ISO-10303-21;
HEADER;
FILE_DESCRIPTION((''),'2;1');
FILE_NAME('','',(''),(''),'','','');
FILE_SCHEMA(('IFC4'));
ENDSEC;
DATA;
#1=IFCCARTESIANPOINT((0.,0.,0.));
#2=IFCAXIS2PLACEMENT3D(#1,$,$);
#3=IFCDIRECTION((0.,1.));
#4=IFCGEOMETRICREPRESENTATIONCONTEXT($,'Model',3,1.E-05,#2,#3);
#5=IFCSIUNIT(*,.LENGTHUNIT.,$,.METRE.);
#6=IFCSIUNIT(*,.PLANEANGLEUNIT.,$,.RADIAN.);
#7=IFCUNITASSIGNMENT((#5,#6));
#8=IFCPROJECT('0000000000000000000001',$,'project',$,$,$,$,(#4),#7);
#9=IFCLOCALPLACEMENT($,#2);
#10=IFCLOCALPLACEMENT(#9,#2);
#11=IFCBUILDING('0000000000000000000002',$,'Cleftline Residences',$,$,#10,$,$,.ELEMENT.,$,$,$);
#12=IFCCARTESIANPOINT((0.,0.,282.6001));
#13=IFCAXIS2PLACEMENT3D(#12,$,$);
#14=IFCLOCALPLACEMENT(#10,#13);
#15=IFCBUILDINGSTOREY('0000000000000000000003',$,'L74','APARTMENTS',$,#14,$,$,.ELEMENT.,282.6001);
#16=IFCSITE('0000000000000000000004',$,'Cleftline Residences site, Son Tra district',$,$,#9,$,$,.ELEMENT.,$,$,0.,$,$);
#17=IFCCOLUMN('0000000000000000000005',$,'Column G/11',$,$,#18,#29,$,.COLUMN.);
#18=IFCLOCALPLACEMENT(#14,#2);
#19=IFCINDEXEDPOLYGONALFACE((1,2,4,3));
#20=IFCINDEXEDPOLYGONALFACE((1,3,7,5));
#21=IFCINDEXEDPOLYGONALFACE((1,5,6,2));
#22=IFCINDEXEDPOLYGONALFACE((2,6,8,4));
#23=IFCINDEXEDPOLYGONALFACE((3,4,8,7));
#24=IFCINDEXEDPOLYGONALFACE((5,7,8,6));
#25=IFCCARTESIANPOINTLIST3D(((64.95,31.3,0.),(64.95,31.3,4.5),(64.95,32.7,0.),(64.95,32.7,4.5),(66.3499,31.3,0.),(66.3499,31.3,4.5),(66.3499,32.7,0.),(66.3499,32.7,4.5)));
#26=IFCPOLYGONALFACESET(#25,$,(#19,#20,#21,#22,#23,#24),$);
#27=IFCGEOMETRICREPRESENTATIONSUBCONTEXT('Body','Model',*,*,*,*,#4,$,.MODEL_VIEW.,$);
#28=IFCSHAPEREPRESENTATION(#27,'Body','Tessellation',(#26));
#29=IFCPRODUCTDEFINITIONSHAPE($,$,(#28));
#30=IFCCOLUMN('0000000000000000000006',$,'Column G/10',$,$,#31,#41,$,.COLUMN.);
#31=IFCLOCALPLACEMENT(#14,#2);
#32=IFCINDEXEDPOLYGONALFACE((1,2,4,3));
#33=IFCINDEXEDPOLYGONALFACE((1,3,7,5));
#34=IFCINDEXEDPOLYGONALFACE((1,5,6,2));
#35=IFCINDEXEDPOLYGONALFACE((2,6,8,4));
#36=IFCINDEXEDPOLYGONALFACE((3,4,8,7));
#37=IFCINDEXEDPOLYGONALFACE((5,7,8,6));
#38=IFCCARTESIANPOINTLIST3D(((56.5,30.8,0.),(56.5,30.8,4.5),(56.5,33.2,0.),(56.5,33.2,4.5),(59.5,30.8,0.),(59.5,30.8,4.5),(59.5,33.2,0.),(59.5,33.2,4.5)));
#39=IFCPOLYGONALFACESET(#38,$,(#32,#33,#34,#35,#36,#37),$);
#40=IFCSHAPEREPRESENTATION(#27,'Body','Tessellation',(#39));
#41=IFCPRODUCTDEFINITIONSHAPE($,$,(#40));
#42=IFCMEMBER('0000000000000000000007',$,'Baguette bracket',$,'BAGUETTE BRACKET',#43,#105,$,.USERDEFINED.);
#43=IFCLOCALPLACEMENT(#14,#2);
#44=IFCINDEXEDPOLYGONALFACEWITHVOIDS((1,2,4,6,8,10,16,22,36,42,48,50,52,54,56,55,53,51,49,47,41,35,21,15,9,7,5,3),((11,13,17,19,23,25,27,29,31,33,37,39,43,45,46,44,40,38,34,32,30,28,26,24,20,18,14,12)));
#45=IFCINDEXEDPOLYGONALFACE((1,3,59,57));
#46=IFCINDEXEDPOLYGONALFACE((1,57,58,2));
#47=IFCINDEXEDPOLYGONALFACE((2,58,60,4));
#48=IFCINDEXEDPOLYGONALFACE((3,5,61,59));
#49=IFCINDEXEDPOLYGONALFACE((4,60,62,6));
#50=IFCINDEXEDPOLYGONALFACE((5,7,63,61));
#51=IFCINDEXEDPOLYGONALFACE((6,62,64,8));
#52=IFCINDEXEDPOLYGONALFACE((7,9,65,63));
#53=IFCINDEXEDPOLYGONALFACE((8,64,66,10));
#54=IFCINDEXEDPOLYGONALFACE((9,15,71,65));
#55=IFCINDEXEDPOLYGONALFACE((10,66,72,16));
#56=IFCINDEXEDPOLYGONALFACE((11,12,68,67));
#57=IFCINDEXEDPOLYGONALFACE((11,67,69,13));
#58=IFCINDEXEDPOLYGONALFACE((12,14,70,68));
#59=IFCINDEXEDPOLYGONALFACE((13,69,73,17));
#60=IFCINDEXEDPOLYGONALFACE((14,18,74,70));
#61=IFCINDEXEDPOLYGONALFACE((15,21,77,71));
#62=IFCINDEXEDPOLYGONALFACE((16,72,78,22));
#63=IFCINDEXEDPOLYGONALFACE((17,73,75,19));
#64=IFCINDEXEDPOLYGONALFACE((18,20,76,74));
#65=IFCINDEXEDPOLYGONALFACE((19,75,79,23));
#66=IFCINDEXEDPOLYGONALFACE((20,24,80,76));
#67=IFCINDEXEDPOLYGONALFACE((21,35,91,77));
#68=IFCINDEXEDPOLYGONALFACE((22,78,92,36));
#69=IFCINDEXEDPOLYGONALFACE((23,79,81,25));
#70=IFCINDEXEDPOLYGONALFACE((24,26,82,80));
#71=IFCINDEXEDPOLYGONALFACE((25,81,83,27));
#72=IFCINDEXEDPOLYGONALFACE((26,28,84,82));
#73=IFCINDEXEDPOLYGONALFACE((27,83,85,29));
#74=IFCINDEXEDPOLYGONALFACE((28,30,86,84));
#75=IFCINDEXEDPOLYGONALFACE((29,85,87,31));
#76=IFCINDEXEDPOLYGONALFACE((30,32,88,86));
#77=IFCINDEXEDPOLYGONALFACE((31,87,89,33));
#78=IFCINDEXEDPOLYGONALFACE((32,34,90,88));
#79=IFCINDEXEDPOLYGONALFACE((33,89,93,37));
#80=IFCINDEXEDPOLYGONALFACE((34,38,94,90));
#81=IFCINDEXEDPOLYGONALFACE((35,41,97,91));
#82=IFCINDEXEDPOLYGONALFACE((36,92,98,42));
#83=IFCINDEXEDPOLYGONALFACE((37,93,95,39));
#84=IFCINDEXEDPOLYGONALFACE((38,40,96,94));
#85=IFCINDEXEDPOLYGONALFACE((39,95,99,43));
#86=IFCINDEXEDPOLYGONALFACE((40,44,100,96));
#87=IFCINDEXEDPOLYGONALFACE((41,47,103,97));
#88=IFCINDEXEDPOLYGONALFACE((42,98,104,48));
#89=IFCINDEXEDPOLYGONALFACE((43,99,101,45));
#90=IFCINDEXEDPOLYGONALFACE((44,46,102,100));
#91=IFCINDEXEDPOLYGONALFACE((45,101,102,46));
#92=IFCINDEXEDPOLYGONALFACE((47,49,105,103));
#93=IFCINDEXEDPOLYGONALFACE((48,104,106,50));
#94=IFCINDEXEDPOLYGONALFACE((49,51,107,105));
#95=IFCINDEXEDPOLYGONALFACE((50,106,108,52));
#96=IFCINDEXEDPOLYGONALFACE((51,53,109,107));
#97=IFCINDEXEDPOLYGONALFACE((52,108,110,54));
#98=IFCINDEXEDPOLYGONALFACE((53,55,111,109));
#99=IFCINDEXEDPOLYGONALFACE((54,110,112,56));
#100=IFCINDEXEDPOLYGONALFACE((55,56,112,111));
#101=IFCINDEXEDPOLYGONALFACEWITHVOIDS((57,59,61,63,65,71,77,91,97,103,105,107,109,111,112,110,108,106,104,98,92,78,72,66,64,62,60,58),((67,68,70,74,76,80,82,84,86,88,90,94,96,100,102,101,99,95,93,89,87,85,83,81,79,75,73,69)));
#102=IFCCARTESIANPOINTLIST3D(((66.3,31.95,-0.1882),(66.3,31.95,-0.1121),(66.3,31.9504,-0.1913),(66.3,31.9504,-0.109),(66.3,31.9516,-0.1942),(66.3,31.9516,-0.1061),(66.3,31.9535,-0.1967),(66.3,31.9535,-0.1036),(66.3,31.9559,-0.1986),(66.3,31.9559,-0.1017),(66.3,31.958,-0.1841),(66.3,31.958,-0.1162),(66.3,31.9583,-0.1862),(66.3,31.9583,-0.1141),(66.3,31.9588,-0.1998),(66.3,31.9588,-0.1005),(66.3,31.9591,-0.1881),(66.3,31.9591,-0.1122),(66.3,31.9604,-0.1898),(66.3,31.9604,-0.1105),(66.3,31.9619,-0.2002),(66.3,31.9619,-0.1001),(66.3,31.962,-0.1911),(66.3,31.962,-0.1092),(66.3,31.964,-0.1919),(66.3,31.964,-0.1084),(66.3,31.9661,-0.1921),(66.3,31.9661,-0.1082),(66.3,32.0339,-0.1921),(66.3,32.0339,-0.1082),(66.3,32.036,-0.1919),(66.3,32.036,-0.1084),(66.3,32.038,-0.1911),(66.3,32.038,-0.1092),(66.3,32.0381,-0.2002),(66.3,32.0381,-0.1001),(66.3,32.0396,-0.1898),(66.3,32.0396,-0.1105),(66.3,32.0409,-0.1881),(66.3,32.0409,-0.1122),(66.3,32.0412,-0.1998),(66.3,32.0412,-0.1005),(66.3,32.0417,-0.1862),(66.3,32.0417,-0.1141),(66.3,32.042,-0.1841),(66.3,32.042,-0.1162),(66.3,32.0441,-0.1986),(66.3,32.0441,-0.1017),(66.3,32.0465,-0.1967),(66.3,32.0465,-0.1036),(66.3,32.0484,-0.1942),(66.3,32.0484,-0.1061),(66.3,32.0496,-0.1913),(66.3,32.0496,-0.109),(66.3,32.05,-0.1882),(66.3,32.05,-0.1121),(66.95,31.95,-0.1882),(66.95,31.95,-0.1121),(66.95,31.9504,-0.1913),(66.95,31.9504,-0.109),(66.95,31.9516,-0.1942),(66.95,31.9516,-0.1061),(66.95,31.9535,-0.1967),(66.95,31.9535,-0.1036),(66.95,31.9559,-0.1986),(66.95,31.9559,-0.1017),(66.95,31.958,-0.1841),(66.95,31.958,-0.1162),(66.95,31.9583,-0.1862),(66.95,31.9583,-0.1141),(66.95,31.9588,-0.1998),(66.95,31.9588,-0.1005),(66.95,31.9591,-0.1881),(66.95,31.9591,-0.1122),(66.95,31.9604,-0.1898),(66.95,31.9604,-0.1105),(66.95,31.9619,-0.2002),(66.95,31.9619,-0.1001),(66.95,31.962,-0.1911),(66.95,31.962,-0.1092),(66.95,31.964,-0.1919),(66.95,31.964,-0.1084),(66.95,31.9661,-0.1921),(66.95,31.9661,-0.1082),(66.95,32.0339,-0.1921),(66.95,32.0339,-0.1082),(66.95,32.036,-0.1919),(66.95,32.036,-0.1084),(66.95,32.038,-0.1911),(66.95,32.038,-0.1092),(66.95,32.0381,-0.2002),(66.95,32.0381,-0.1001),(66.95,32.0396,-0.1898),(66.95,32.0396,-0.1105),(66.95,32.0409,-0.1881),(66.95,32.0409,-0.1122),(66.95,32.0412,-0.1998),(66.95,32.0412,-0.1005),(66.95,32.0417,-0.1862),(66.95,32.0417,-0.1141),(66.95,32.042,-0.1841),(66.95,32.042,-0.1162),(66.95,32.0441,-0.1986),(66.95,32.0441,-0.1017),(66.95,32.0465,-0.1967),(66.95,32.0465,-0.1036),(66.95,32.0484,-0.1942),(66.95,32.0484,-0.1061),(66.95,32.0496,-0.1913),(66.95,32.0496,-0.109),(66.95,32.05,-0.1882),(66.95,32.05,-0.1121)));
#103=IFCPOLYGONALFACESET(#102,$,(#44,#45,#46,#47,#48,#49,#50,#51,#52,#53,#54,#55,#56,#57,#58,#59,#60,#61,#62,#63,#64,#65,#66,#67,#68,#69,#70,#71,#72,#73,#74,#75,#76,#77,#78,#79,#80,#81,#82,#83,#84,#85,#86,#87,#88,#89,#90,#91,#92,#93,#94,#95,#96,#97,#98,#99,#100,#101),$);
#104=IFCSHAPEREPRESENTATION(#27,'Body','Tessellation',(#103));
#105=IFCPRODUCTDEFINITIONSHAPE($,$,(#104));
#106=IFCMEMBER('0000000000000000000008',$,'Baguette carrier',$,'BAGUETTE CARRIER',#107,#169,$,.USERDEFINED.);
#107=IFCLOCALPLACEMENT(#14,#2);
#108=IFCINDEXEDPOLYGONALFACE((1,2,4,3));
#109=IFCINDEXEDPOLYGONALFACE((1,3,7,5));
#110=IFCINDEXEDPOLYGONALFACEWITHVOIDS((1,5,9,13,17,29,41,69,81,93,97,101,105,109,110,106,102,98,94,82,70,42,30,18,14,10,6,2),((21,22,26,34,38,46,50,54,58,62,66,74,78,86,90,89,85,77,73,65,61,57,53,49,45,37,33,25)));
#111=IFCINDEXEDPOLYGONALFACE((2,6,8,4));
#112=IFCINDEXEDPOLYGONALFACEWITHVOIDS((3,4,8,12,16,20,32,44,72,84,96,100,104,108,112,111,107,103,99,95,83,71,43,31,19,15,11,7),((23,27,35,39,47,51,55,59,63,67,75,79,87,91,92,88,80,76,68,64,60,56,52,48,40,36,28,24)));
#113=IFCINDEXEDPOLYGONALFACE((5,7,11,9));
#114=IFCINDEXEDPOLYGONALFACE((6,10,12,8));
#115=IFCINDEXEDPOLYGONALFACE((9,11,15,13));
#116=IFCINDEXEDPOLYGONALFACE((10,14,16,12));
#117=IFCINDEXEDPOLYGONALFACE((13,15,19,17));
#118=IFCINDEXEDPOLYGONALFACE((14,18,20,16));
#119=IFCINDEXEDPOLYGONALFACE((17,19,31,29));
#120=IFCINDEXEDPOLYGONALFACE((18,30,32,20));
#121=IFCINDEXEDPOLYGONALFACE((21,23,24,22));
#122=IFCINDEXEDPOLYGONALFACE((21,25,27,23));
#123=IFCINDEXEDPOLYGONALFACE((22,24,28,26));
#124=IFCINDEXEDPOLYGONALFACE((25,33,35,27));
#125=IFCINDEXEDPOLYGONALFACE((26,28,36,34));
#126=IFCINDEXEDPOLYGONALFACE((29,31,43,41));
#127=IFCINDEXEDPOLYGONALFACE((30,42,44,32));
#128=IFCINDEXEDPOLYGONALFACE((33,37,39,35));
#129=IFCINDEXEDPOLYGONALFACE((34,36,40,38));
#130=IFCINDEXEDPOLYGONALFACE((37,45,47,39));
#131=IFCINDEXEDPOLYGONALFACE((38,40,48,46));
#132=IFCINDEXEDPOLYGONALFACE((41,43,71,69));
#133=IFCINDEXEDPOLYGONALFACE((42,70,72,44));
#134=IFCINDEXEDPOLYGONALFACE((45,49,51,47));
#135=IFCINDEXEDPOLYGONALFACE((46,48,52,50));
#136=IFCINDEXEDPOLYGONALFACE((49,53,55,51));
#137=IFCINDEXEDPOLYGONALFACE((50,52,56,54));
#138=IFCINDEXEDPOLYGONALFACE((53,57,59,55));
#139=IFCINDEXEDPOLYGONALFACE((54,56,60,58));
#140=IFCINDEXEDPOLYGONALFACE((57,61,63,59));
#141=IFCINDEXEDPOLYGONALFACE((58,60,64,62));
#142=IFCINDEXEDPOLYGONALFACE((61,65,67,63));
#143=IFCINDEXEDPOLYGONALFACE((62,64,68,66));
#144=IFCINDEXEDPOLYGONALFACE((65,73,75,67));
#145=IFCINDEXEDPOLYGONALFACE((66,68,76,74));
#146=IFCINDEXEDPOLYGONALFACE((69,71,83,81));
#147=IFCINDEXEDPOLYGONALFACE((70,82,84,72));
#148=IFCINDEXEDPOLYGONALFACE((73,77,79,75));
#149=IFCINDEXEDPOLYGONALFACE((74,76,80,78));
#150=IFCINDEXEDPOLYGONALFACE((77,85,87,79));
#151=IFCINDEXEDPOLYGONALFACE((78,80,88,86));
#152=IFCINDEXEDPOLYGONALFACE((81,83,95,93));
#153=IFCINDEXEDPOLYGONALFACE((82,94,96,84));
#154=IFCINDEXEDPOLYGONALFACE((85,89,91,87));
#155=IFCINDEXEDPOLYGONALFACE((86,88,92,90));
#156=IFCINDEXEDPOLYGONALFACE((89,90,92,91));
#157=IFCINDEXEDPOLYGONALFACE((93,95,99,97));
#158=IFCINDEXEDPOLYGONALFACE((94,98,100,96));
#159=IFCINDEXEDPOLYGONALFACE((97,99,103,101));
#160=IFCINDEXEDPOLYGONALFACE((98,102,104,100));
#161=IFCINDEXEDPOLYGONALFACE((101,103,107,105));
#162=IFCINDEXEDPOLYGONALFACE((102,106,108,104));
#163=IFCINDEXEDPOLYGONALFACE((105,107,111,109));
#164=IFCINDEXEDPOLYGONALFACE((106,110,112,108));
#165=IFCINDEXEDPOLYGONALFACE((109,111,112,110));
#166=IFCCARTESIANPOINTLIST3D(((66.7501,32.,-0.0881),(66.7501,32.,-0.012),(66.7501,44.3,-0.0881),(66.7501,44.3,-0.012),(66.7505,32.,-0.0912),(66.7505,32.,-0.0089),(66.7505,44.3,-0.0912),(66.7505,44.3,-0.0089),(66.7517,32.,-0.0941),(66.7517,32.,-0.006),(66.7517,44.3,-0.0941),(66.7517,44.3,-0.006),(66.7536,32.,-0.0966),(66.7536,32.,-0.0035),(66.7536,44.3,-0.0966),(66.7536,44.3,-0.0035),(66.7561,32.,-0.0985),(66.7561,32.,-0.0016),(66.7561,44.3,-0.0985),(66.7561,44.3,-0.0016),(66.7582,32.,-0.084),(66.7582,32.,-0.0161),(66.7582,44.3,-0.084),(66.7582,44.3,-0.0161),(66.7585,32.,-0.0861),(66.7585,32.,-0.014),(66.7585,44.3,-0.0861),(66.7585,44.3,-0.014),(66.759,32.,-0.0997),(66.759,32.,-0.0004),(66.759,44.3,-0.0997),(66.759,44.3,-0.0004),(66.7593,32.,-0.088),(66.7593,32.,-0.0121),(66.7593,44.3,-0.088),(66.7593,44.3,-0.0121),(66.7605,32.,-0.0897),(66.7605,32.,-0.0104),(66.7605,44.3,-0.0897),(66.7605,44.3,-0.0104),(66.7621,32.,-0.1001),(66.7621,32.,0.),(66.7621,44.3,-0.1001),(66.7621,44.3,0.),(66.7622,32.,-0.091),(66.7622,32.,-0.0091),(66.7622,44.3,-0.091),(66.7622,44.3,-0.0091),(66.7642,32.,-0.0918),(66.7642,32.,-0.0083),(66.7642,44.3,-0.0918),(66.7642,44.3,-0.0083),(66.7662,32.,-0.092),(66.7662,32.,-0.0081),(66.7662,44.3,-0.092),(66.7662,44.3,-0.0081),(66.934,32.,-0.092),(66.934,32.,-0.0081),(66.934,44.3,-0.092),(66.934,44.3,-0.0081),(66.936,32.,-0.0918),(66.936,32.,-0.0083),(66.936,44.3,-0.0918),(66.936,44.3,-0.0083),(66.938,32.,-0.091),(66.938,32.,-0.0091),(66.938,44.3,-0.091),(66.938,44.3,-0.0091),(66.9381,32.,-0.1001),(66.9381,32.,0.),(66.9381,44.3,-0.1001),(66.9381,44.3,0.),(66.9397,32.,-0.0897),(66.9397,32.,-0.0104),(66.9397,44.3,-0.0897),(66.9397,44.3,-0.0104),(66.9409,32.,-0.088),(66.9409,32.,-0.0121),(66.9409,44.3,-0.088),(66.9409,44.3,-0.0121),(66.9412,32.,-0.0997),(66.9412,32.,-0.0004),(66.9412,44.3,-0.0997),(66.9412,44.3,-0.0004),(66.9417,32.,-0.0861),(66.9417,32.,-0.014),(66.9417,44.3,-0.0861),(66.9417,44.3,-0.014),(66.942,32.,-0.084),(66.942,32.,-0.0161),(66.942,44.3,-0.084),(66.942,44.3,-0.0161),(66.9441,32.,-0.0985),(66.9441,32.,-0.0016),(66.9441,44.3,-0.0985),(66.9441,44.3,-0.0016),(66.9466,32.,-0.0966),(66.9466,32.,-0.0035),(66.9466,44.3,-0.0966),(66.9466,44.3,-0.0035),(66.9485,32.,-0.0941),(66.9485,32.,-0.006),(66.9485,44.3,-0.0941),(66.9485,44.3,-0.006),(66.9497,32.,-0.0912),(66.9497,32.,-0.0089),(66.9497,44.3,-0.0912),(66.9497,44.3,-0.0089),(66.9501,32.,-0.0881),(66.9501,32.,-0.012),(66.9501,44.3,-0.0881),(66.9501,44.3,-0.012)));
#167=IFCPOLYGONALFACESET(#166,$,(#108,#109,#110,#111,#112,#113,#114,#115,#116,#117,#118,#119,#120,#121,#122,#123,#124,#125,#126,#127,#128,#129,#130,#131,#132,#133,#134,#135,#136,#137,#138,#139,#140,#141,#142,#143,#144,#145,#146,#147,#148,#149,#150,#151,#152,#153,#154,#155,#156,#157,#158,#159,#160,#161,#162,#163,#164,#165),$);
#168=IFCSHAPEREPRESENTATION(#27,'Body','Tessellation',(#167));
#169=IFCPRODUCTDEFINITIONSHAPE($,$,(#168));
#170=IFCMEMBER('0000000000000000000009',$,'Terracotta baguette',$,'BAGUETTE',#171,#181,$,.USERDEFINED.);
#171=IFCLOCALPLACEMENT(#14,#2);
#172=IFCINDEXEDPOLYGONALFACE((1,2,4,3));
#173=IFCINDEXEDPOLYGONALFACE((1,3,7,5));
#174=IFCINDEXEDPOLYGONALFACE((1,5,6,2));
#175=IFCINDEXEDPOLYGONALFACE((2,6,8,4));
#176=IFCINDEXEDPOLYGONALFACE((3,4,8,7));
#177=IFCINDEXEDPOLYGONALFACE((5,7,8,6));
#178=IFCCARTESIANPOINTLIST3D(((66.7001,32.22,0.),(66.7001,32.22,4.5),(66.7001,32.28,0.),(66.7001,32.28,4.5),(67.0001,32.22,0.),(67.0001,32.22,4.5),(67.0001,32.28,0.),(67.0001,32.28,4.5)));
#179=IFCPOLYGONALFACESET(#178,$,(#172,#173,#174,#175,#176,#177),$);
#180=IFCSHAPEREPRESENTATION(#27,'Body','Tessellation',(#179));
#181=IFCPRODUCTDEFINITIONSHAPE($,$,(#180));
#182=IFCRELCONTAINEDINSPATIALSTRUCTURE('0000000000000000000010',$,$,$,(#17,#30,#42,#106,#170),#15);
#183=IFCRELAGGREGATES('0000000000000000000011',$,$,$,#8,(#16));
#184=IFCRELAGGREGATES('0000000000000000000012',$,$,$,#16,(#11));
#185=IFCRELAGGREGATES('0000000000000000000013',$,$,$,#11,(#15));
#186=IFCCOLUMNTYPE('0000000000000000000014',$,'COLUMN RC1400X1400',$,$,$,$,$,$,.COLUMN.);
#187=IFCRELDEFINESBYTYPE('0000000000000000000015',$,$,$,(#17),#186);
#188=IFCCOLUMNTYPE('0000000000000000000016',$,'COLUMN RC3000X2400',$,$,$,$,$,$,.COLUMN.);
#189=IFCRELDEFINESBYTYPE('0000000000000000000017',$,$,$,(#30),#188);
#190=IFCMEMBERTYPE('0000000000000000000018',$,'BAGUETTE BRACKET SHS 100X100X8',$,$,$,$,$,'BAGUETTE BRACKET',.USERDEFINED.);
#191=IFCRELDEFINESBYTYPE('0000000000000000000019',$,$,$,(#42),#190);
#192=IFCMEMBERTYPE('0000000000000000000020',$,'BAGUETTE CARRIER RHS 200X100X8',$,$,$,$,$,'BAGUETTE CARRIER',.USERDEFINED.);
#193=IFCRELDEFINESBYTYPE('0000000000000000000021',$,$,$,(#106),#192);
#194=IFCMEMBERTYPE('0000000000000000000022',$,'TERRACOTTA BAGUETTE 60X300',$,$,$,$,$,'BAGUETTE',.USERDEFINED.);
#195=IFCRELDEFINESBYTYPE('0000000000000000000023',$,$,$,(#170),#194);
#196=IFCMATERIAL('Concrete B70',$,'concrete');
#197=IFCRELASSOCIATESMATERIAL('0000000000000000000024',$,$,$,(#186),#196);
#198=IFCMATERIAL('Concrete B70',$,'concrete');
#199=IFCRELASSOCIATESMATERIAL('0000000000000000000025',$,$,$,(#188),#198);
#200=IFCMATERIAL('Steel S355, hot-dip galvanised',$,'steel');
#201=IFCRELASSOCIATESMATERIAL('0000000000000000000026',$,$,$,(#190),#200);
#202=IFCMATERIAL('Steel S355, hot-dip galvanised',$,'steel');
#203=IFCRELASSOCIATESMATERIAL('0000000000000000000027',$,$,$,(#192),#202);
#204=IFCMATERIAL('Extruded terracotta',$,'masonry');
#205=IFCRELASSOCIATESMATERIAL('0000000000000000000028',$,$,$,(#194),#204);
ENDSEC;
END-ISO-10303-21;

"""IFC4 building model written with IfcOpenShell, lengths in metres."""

from ifc_helpers import new_model, si_unit, direction, frame, origin, origin_2d, place, context, subcontext, project, spatial, rectangle, hollow_rectangle, extrude, material, material_profile, profile_set, type_object, element, save


model = new_model("IFC4")

# Units and contexts
model_context = context("Model", 3, precision=1e-05, world=origin(), true_north=direction((0.0, 1.0)))
body_context = subcontext(model_context, "Body", "Model", "MODEL_VIEW")
ifc_project = project(units=[si_unit("LENGTHUNIT", "METRE"), si_unit("PLANEANGLEUNIT", "RADIAN")], contexts=[model_context])

# Site, building, storey
site_placement = place(None, origin())
site = spatial("IfcSite", under=ifc_project, at=site_placement, Name="Cleftline Residences site, Son Tra district", CompositionType="ELEMENT", RefElevation=0.0)
building_placement = place(site_placement, origin())
building = spatial("IfcBuilding", under=site, at=building_placement, Name="Cleftline Residences", CompositionType="ELEMENT")
storey_placement = place(building_placement, frame((0.0, 0.0, 282.6001)))
storey = spatial("IfcBuildingStorey", under=building, at=storey_placement, Name="L74", Description="APARTMENTS", CompositionType="ELEMENT", Elevation=282.6001)

# Columns
ifc_material_1 = material(Name="Concrete B70", Category="concrete")
ifc_material_profile_1 = material_profile(ifc_material_1, rectangle(XDim=1.3999, YDim=1.3999, at=origin_2d()))
ifc_profile_set_1 = profile_set([ifc_material_profile_1], Name="Concrete B70")
column_type_1 = type_object("IfcColumnType", Name="COLUMN RC1400X1400", PredefinedType="COLUMN", material=ifc_profile_set_1)
column_1_placement = place(storey_placement, frame((65.6499, 32.0, 0.0), z_axis=(0.0, 0.0, 1.0), x_axis=(1.0, 0.0, 0.0)))
element("IfcColumn", 1, at=column_1_placement, inside=storey, type_object=column_type_1, Name="Column G/11", PredefinedType="COLUMN", context=body_context, shape_type="SweptSolid", body=[
    extrude(rectangle(XDim=1.3999, YDim=1.3999, at=origin_2d()), origin(), (0.0, 0.0, 1.0), 4.5),
])
ifc_material_2 = material(Name="Concrete B70", Category="concrete")
ifc_material_profile_2 = material_profile(ifc_material_2, rectangle(XDim=3.0, YDim=2.3999, at=origin_2d()))
ifc_profile_set_2 = profile_set([ifc_material_profile_2], Name="Concrete B70")
column_type_2 = type_object("IfcColumnType", Name="COLUMN RC3000X2400", PredefinedType="COLUMN", material=ifc_profile_set_2)
column_2_placement = place(storey_placement, frame((58.0, 32.0, 0.0), z_axis=(0.0, 0.0, 1.0), x_axis=(1.0, 0.0, 0.0)))
element("IfcColumn", 2, at=column_2_placement, inside=storey, type_object=column_type_2, Name="Column G/10", PredefinedType="COLUMN", context=body_context, shape_type="SweptSolid", body=[
    extrude(rectangle(XDim=3.0, YDim=2.3999, at=origin_2d()), origin(), (0.0, 0.0, 1.0), 4.5),
])

# Members
ifc_material_3 = material(Name="Steel S355, hot-dip galvanised", Category="steel")
ifc_material_profile_3 = material_profile(ifc_material_3, hollow_rectangle(XDim=0.1001, YDim=0.1001, WallThickness=0.0081, InnerFilletRadius=0.0081, OuterFilletRadius=0.012, at=origin_2d()))
ifc_profile_set_3 = profile_set([ifc_material_profile_3], Name="Steel S355, hot-dip galvanised")
member_type_1 = type_object("IfcMemberType", Name="BAGUETTE BRACKET SHS 100X100X8", ElementType="BAGUETTE BRACKET", PredefinedType="USERDEFINED", material=ifc_profile_set_3)
member_1_placement = place(storey_placement, frame((66.3, 32.0, -0.1501), z_axis=(1.0, 0.0, 0.0), x_axis=(0.0, 1.0, 0.0)))
element("IfcMember", 3, at=member_1_placement, inside=storey, type_object=member_type_1, Name="Baguette bracket", ObjectType="BAGUETTE BRACKET", PredefinedType="USERDEFINED", context=body_context, shape_type="SweptSolid", body=[
    extrude(hollow_rectangle(XDim=0.1001, YDim=0.1001, WallThickness=0.0081, InnerFilletRadius=0.0081, OuterFilletRadius=0.012, at=origin_2d()), origin(), (0.0, 0.0, 1.0), 0.6499),
])
ifc_material_4 = material(Name="Steel S355, hot-dip galvanised", Category="steel")
ifc_material_profile_4 = material_profile(ifc_material_4, hollow_rectangle(XDim=0.1001, YDim=0.2, WallThickness=0.0081, InnerFilletRadius=0.0081, OuterFilletRadius=0.012, at=origin_2d()))
ifc_profile_set_4 = profile_set([ifc_material_profile_4], Name="Steel S355, hot-dip galvanised")
member_type_2 = type_object("IfcMemberType", Name="BAGUETTE CARRIER RHS 200X100X8", ElementType="BAGUETTE CARRIER", PredefinedType="USERDEFINED", material=ifc_profile_set_4)
member_2_placement = place(storey_placement, frame((66.8501, 32.0, -0.05), z_axis=(0.0, 1.0, 0.0), x_axis=(0.0, 0.0, 1.0)))
element("IfcMember", 4, at=member_2_placement, inside=storey, type_object=member_type_2, Name="Baguette carrier", ObjectType="BAGUETTE CARRIER", PredefinedType="USERDEFINED", context=body_context, shape_type="SweptSolid", body=[
    extrude(hollow_rectangle(XDim=0.1001, YDim=0.2, WallThickness=0.0081, InnerFilletRadius=0.0081, OuterFilletRadius=0.012, at=origin_2d()), origin(), (0.0, 0.0, 1.0), 12.3),
])
ifc_material_5 = material(Name="Extruded terracotta", Category="masonry")
ifc_material_profile_5 = material_profile(ifc_material_5, rectangle(XDim=0.0601, YDim=0.3, at=origin_2d()))
ifc_profile_set_5 = profile_set([ifc_material_profile_5], Name="Extruded terracotta")
member_type_3 = type_object("IfcMemberType", Name="TERRACOTTA BAGUETTE 60X300", ElementType="BAGUETTE", PredefinedType="USERDEFINED", material=ifc_profile_set_5)
for number, where, z_axis, x_axis, name in (
    (5, (66.8501, 32.25, 0.0), (0.0, 0.0, 1.0), (0.0, 1.0, 0.0), "Terracotta baguette"),
):
    element("IfcMember", number, at=place(storey_placement, frame(where, z_axis=z_axis, x_axis=x_axis)), inside=storey, type_object=member_type_3, Name=name, ObjectType="BAGUETTE", PredefinedType="USERDEFINED", context=body_context, shape_type="SweptSolid", body=[
        extrude(rectangle(XDim=0.0601, YDim=0.3, at=origin_2d()), origin(), (0.0, 0.0, 1.0), 4.5),
    ])

save(model, "model.ifc")
